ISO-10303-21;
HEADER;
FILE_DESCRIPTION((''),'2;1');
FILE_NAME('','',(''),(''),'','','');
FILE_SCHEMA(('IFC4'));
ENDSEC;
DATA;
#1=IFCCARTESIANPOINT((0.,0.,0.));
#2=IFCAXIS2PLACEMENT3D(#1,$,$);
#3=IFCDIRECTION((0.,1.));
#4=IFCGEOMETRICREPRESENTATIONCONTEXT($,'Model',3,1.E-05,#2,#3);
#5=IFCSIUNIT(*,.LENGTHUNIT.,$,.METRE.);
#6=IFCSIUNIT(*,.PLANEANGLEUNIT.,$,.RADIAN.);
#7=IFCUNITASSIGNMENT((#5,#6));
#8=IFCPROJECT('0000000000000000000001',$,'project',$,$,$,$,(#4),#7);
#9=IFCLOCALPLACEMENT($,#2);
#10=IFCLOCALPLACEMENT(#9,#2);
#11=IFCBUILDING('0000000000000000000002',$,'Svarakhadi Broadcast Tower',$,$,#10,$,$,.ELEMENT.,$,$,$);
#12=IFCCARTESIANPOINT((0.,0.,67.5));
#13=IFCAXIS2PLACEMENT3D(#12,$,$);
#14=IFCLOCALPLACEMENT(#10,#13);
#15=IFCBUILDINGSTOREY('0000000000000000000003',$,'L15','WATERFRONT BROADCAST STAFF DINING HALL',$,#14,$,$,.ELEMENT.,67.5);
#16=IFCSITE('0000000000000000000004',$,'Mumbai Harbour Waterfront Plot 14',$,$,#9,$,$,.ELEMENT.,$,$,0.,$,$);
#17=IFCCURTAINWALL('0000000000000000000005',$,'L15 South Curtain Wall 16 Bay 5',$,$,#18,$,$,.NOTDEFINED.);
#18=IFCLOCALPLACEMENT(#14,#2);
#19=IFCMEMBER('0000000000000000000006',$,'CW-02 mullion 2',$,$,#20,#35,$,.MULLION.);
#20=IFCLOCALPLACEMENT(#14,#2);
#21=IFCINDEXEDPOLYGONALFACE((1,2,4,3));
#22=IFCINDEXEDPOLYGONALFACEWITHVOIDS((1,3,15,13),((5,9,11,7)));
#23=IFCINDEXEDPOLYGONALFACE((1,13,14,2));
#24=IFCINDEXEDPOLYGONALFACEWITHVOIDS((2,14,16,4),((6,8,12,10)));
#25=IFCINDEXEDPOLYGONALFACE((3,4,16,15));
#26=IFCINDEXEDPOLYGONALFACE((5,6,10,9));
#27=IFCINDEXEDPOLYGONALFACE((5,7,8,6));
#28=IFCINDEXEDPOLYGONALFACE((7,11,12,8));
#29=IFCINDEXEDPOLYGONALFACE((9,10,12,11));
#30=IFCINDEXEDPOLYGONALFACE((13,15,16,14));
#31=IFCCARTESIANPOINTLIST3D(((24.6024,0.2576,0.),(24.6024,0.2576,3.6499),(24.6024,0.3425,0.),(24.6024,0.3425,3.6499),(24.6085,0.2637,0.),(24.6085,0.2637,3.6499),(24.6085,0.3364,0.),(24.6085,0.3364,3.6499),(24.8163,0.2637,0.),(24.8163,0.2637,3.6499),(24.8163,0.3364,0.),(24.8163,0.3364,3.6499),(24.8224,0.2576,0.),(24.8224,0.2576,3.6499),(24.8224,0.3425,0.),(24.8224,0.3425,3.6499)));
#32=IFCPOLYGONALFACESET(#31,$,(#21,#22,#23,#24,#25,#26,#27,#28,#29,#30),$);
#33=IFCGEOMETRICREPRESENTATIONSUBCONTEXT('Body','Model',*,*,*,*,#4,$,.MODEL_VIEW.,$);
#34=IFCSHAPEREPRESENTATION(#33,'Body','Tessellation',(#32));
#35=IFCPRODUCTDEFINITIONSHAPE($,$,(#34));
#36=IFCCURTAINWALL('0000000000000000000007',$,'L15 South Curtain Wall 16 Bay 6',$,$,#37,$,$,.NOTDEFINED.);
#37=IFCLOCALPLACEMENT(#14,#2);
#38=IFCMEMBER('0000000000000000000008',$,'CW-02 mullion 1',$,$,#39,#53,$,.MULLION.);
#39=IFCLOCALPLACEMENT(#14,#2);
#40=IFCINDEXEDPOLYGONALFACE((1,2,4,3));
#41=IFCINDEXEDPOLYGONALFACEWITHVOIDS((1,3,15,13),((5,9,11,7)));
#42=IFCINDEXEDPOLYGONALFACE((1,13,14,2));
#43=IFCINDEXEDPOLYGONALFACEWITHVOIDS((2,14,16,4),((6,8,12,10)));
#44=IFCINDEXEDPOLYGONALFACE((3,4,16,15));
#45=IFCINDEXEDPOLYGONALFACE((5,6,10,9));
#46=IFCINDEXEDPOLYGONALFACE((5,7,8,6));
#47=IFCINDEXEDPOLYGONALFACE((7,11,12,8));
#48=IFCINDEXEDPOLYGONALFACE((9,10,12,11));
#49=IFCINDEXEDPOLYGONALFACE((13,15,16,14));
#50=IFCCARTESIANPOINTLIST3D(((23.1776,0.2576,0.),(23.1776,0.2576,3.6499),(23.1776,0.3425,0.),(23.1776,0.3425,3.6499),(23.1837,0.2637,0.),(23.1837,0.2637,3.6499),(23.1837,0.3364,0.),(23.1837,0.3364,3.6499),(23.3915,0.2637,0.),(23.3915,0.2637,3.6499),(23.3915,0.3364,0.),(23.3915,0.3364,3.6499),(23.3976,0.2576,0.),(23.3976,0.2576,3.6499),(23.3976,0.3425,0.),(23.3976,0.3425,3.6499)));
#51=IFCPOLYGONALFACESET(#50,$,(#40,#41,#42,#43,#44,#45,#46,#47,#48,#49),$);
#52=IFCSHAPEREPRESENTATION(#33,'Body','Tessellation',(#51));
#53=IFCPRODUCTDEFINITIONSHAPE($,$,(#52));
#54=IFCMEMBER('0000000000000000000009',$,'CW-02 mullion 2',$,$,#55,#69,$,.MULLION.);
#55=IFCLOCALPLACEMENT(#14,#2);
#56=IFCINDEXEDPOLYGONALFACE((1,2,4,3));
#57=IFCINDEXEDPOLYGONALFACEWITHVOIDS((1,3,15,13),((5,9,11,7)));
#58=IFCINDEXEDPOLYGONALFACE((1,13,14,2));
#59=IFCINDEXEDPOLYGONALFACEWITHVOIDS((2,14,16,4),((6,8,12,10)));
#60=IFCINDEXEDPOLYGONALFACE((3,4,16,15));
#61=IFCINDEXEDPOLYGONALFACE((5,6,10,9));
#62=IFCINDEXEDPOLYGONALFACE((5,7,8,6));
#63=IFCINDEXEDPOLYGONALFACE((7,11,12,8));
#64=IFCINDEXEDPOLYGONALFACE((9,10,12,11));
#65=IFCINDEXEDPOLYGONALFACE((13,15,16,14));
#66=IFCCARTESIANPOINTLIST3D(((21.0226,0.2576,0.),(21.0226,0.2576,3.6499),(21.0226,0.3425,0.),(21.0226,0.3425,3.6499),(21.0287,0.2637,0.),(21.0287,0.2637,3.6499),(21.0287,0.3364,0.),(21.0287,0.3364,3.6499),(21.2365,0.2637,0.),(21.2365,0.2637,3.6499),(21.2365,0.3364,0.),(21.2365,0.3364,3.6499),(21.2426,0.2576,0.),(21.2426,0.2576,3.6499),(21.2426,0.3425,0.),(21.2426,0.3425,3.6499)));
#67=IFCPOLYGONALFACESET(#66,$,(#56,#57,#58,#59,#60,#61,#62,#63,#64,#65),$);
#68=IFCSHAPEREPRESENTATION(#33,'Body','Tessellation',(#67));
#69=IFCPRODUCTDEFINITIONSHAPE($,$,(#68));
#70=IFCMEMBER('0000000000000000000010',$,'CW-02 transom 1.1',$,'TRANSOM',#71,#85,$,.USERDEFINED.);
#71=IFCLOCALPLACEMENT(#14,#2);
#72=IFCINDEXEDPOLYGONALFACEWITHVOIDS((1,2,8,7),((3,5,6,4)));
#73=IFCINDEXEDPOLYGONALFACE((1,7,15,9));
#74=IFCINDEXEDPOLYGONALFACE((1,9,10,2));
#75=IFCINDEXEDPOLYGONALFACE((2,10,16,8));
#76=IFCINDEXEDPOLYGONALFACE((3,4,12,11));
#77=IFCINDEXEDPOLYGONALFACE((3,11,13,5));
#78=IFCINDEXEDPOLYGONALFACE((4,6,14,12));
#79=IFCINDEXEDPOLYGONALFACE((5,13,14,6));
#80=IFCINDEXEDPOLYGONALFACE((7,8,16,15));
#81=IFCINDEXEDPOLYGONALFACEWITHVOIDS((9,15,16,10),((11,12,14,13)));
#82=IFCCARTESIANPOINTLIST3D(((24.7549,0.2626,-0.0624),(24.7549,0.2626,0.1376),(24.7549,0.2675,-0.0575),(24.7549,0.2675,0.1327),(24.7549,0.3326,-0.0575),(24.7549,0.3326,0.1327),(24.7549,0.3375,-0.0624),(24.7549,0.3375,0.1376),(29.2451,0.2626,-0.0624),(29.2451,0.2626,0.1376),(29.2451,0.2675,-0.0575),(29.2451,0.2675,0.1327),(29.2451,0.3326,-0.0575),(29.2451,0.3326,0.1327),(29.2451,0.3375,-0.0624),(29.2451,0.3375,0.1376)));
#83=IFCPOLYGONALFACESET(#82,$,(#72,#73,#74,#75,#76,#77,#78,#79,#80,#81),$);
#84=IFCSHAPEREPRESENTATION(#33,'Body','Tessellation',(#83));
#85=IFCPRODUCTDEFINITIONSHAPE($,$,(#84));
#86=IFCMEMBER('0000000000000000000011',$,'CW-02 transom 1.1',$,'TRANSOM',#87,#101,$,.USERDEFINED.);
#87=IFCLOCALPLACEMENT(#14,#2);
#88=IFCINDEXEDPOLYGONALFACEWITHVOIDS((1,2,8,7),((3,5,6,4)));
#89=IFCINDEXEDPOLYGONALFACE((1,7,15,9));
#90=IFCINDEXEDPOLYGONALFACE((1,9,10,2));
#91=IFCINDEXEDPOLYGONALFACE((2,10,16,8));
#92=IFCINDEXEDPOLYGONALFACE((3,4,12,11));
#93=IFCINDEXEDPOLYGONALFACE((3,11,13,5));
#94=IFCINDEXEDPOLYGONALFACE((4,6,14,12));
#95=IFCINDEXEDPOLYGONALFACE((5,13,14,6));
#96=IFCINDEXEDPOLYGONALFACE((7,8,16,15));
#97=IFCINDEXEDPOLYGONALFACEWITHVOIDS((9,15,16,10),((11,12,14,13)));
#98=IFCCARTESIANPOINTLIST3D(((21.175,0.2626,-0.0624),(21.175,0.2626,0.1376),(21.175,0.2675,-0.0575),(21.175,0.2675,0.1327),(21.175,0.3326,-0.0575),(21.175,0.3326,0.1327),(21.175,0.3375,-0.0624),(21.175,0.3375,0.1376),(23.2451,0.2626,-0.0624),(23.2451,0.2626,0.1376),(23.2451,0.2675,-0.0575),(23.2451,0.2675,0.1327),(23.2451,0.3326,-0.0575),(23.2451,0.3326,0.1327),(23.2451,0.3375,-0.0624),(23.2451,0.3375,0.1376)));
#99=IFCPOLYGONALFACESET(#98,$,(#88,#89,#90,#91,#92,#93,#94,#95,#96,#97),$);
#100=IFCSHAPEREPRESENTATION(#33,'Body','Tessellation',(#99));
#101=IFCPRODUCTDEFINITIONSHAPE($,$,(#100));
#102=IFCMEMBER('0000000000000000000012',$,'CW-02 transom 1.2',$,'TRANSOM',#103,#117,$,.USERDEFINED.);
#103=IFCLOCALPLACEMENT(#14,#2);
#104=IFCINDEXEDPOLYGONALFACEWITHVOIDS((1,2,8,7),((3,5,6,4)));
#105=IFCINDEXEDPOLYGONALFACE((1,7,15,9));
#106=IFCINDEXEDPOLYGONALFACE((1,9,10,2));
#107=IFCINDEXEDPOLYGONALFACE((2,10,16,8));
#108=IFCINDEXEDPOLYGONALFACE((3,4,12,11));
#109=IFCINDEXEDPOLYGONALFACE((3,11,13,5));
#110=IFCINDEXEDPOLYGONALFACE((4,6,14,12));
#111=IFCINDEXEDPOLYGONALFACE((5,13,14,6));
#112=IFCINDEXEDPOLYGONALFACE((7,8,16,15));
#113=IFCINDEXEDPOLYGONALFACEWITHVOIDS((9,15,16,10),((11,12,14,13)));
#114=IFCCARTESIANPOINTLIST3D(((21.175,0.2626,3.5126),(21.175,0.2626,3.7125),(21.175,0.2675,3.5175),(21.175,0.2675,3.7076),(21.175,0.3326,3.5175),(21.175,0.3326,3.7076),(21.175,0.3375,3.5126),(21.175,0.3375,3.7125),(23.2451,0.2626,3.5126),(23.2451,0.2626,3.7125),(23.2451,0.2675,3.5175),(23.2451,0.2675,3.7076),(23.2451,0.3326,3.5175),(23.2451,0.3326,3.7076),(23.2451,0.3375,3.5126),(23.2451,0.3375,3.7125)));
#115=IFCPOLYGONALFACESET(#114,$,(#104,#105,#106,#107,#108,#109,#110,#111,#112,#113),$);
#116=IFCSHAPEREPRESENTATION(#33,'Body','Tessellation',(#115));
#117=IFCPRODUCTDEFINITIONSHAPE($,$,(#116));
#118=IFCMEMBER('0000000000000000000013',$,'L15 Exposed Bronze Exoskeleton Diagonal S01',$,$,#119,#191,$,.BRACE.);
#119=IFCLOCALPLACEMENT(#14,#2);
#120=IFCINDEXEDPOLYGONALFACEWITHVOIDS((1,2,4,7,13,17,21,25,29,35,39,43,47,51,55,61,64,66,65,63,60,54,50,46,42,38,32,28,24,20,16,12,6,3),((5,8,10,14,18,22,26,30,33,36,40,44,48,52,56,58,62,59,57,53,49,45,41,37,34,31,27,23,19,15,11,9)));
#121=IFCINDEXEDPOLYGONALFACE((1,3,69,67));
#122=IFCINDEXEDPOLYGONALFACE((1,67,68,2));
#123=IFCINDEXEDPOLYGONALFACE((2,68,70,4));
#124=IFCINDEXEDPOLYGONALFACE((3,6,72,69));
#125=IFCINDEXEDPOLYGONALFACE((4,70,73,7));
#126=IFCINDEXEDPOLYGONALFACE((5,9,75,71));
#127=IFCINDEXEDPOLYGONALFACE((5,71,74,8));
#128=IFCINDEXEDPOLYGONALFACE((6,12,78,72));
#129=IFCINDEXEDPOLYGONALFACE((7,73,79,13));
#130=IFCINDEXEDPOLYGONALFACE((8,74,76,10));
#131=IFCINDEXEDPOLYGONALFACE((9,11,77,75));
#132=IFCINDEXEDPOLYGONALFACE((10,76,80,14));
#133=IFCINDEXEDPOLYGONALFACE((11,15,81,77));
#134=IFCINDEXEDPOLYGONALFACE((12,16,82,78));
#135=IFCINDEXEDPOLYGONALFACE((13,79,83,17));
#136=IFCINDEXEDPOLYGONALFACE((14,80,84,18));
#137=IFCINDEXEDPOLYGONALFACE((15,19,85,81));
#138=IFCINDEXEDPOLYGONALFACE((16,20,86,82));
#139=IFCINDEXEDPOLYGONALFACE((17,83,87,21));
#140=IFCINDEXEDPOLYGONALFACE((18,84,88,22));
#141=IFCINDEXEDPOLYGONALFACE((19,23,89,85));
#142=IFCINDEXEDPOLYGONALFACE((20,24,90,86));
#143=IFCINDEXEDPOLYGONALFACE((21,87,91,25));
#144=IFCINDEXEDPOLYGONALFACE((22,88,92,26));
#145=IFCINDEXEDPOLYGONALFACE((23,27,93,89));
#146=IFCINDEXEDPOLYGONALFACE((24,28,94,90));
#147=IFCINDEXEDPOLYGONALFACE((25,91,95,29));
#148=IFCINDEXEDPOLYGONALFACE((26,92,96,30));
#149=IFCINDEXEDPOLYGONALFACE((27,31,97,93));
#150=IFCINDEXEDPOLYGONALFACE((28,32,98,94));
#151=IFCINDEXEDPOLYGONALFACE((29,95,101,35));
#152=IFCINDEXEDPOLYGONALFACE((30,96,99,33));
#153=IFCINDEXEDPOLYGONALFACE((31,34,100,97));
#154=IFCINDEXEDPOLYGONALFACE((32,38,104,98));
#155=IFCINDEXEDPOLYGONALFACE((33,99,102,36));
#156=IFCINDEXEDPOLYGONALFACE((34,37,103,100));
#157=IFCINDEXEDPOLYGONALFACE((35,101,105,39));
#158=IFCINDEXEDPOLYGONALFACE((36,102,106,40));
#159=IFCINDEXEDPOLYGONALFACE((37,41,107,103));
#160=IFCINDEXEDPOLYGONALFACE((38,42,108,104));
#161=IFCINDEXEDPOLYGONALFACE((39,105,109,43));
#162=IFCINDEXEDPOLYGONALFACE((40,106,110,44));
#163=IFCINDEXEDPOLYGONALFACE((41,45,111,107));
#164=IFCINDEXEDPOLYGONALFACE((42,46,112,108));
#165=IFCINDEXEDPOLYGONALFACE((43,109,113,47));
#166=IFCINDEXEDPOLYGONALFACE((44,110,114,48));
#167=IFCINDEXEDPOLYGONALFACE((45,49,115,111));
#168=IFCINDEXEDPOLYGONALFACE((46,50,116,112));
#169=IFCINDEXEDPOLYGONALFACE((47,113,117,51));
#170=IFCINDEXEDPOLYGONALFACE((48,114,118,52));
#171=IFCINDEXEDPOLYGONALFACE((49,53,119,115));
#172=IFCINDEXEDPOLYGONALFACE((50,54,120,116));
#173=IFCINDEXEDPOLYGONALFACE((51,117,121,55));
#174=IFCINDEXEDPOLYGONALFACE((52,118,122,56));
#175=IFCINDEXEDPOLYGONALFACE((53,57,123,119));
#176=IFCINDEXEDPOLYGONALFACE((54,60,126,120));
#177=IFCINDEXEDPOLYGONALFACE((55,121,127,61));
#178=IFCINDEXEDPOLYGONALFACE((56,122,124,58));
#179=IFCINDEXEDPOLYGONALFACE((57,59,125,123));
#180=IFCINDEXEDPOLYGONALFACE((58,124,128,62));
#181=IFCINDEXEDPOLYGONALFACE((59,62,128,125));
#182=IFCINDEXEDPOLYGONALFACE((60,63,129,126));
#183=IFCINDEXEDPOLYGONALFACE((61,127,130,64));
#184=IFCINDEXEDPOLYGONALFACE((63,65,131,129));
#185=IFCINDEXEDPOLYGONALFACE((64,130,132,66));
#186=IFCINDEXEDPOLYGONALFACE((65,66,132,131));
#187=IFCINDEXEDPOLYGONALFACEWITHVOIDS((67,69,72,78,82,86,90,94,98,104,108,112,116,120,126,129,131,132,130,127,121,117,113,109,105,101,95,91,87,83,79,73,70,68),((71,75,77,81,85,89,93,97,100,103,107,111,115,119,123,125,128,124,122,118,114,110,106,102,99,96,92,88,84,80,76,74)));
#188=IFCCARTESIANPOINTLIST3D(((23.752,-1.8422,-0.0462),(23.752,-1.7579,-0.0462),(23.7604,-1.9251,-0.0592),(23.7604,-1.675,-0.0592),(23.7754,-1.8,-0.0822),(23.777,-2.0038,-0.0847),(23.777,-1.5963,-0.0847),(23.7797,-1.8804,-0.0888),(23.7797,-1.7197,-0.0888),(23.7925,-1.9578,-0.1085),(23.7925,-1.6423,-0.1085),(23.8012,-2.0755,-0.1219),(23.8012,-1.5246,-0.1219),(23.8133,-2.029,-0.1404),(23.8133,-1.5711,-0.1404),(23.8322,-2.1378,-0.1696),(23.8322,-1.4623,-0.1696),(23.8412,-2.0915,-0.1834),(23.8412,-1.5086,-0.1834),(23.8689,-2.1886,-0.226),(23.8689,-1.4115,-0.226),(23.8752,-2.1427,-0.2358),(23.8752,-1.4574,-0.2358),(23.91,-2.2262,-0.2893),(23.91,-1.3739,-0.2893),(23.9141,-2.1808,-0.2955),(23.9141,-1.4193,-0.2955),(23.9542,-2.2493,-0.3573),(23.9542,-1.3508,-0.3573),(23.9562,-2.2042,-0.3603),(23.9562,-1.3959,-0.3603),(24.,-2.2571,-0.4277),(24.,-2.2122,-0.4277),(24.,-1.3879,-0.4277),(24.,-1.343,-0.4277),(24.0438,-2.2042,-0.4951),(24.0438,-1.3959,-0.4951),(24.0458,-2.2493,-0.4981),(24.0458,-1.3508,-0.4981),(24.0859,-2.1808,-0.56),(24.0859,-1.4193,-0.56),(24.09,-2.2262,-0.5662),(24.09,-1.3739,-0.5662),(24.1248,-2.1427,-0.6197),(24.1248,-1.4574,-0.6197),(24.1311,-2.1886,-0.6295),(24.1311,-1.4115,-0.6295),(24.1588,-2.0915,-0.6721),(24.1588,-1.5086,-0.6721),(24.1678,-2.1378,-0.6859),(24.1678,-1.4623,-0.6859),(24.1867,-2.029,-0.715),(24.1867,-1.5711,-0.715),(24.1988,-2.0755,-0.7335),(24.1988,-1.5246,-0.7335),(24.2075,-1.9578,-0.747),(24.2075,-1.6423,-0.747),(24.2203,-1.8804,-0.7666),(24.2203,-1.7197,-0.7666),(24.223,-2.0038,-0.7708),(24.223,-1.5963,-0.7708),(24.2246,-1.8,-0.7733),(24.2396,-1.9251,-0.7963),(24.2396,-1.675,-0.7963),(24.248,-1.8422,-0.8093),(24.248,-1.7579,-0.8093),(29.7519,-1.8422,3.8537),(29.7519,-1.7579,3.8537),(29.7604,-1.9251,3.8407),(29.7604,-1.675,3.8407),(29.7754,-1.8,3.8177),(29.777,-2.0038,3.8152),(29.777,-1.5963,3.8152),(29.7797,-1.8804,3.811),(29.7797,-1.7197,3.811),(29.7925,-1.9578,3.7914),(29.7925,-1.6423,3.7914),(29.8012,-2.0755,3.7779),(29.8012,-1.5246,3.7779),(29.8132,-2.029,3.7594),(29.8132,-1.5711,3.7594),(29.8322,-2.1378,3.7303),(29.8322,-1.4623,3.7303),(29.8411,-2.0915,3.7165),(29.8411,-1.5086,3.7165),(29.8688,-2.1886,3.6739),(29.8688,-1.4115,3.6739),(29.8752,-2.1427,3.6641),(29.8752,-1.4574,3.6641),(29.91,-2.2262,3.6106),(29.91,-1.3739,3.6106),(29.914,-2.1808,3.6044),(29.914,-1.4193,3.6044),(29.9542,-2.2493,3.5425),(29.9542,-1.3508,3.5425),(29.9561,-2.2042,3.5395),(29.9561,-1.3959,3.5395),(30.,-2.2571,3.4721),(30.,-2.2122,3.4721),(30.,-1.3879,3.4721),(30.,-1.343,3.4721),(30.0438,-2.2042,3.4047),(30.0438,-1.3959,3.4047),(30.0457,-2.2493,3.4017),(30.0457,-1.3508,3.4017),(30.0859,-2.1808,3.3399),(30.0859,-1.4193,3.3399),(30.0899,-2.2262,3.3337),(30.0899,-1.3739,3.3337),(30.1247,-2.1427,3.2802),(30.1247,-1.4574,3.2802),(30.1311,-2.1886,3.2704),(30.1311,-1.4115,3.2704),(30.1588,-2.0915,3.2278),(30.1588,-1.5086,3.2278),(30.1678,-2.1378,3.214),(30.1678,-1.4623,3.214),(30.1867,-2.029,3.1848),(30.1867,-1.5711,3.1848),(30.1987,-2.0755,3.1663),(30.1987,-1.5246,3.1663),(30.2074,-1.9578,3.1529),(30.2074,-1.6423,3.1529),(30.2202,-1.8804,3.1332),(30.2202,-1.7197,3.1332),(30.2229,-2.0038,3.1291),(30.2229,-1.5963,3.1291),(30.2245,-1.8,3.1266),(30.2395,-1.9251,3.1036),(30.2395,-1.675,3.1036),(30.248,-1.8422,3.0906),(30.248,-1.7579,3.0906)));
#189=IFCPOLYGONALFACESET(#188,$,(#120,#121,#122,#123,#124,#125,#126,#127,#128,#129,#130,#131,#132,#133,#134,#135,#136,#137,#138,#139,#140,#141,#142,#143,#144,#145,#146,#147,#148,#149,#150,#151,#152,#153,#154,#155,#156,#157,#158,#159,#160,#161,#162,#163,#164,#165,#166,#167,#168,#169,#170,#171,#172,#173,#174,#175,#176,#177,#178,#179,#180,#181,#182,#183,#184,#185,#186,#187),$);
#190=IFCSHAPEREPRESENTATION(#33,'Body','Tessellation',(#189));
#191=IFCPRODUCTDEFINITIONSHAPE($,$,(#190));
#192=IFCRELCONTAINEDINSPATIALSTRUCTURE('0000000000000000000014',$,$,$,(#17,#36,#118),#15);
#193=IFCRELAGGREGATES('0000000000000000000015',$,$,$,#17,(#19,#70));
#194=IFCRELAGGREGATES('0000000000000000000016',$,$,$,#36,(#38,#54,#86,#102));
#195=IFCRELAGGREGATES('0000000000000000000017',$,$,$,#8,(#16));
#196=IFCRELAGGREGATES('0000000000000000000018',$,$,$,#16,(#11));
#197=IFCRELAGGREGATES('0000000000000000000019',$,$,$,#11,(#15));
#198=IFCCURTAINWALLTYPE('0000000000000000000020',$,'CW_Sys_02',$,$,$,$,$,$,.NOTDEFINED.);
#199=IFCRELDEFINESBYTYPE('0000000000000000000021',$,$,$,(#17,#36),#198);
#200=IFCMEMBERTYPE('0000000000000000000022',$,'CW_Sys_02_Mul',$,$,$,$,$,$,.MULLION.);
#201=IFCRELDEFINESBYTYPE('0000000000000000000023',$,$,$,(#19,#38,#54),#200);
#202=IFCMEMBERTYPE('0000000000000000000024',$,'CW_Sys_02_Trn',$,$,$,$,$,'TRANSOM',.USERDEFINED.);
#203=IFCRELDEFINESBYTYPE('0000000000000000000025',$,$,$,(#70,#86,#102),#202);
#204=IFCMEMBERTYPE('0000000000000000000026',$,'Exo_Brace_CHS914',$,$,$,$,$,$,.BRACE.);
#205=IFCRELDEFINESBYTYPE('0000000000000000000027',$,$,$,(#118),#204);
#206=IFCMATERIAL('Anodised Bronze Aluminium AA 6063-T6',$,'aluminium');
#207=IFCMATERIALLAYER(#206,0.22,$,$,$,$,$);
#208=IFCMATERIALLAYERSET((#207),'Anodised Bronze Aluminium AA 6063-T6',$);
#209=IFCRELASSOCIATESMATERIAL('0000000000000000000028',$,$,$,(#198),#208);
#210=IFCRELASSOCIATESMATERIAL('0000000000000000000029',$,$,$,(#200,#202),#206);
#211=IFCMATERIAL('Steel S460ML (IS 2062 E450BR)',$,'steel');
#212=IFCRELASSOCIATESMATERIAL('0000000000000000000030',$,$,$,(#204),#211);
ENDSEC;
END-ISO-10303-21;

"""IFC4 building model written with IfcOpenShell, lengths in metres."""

from ifc_helpers import new_model, si_unit, direction, frame, origin, origin_2d, place, context, subcontext, project, spatial, hollow_rectangle, hollow_circle, extrude, material, layer, layer_set, material_profile, profile_set, type_object, element, aggregate, save


model = new_model("IFC4")

# Units and contexts
model_context = context("Model", 3, precision=1e-05, world=origin(), true_north=direction((0.0, 1.0)))
body_context = subcontext(model_context, "Body", "Model", "MODEL_VIEW")
ifc_project = project(units=[si_unit("LENGTHUNIT", "METRE"), si_unit("PLANEANGLEUNIT", "RADIAN")], contexts=[model_context])

# Site, building, storey
site_placement = place(None, origin())
site = spatial("IfcSite", under=ifc_project, at=site_placement, Name="Mumbai Harbour Waterfront Plot 14", CompositionType="ELEMENT", RefElevation=0.0)
building_placement = place(site_placement, origin())
building = spatial("IfcBuilding", under=site, at=building_placement, Name="Svarakhadi Broadcast Tower", CompositionType="ELEMENT")
storey_placement = place(building_placement, frame((0.0, 0.0, 67.5)))
storey = spatial("IfcBuildingStorey", under=building, at=storey_placement, Name="L15", Description="WATERFRONT BROADCAST STAFF DINING HALL", CompositionType="ELEMENT", Elevation=67.5)

# Curtain wall, member
ifc_material_1 = material(Name="Anodised Bronze Aluminium AA 6063-T6", Category="aluminium")
ifc_layer_1 = layer(ifc_material_1, 0.22)
ifc_layer_set_1 = layer_set([ifc_layer_1], Name="Anodised Bronze Aluminium AA 6063-T6")
curtain_wall_type = type_object("IfcCurtainWallType", Name="CW_Sys_02", PredefinedType="NOTDEFINED", material=ifc_layer_set_1)
curtain_wall_1_placement = place(storey_placement, origin())
curtain_wall_1 = element("IfcCurtainWall", 1, at=curtain_wall_1_placement, inside=storey, type_object=curtain_wall_type, Name="L15 South Curtain Wall 16 Bay 5", PredefinedType="NOTDEFINED")
ifc_material_profile_1 = material_profile(ifc_material_1, hollow_rectangle(XDim=0.085, YDim=0.22, WallThickness=0.0061, at=origin_2d()), Name="ALU MULLION 220x85x6")
ifc_profile_set_1 = profile_set([ifc_material_profile_1], Name="Anodised Bronze Aluminium AA 6063-T6")
member_type_1 = type_object("IfcMemberType", Name="CW_Sys_02_Mul", PredefinedType="MULLION", material=ifc_profile_set_1)
member_1_placement = place(storey_placement, frame((24.7124, 0.3, 0.0), z_axis=(0.0, 0.0, 1.0), x_axis=(0.0, -1.0, 0.0)))
member_1 = element("IfcMember", 2, at=member_1_placement, type_object=member_type_1, Name="CW-02 mullion 2", PredefinedType="MULLION", context=body_context, shape_type="SweptSolid", body=[
    extrude(hollow_rectangle(XDim=0.085, YDim=0.22, WallThickness=0.0061, at=origin_2d()), origin(), (0.0, 0.0, 1.0), 3.6499),
])

# Curtain wall, members
curtain_wall_2_placement = place(storey_placement, origin())
curtain_wall_2 = element("IfcCurtainWall", 3, at=curtain_wall_2_placement, inside=storey, type_object=curtain_wall_type, Name="L15 South Curtain Wall 16 Bay 6", PredefinedType="NOTDEFINED")
member_2_placement = place(storey_placement, frame((23.2876, 0.3, 0.0), z_axis=(0.0, 0.0, 1.0), x_axis=(0.0, -1.0, 0.0)))
member_2 = element("IfcMember", 4, at=member_2_placement, type_object=member_type_1, Name="CW-02 mullion 1", PredefinedType="MULLION", context=body_context, shape_type="SweptSolid", body=[
    extrude(hollow_rectangle(XDim=0.085, YDim=0.22, WallThickness=0.0061, at=origin_2d()), origin(), (0.0, 0.0, 1.0), 3.6499),
])
member_3_placement = place(storey_placement, frame((21.1326, 0.3, 0.0), z_axis=(0.0, 0.0, 1.0), x_axis=(0.0, -1.0, 0.0)))
member_3 = element("IfcMember", 5, at=member_3_placement, type_object=member_type_1, Name="CW-02 mullion 2", PredefinedType="MULLION", context=body_context, shape_type="SweptSolid", body=[
    extrude(hollow_rectangle(XDim=0.085, YDim=0.22, WallThickness=0.0061, at=origin_2d()), origin(), (0.0, 0.0, 1.0), 3.6499),
])

# Members
ifc_material_profile_2 = material_profile(ifc_material_1, hollow_rectangle(XDim=0.075, YDim=0.2, WallThickness=0.0049, at=origin_2d()), Name="ALU TRANSOM 200x75x5")
ifc_profile_set_2 = profile_set([ifc_material_profile_2], Name="Anodised Bronze Aluminium AA 6063-T6")
member_type_2 = type_object("IfcMemberType", Name="CW_Sys_02_Trn", ElementType="TRANSOM", PredefinedType="USERDEFINED", material=ifc_profile_set_2)
member_4_placement = place(storey_placement, frame((29.2451, 0.3, 0.0376), z_axis=(-1.0, 0.0, 0.0), x_axis=(0.0, -1.0, 0.0)))
member_4 = element("IfcMember", 6, at=member_4_placement, type_object=member_type_2, Name="CW-02 transom 1.1", ObjectType="TRANSOM", PredefinedType="USERDEFINED", context=body_context, shape_type="SweptSolid", body=[
    extrude(hollow_rectangle(XDim=0.075, YDim=0.2, WallThickness=0.0049, at=origin_2d()), origin(), (0.0, 0.0, 1.0), 4.4902),
])
member_5_placement = place(storey_placement, frame((23.2451, 0.3, 0.0376), z_axis=(-1.0, 0.0, 0.0), x_axis=(0.0, -1.0, 0.0)))
member_5 = element("IfcMember", 7, at=member_5_placement, type_object=member_type_2, Name="CW-02 transom 1.1", ObjectType="TRANSOM", PredefinedType="USERDEFINED", context=body_context, shape_type="SweptSolid", body=[
    extrude(hollow_rectangle(XDim=0.075, YDim=0.2, WallThickness=0.0049, at=origin_2d()), origin(), (0.0, 0.0, 1.0), 2.0701),
])
member_6_placement = place(storey_placement, frame((23.2451, 0.3, 3.6125), z_axis=(-1.0, 0.0, 0.0), x_axis=(0.0, -1.0, 0.0)))
member_6 = element("IfcMember", 8, at=member_6_placement, type_object=member_type_2, Name="CW-02 transom 1.2", ObjectType="TRANSOM", PredefinedType="USERDEFINED", context=body_context, shape_type="SweptSolid", body=[
    extrude(hollow_rectangle(XDim=0.075, YDim=0.2, WallThickness=0.0049, at=origin_2d()), origin(), (0.0, 0.0, 1.0), 2.0701),
])

# Member
ifc_material_2 = material(Name="Steel S460ML (IS 2062 E450BR)", Category="steel")
ifc_material_profile_3 = material_profile(ifc_material_2, hollow_circle(Radius=0.457, WallThickness=0.0449, at=origin_2d()), Name="CHS 914x45")
ifc_profile_set_3 = profile_set([ifc_material_profile_3], Name="Steel S460ML (IS 2062 E450BR)")
member_type_3 = type_object("IfcMemberType", Name="Exo_Brace_CHS914", PredefinedType="BRACE", material=ifc_profile_set_3)
member_7_placement = place(storey_placement, frame((24.0, -1.8, -0.4277), z_axis=(0.83845, 0.0, 0.544979), x_axis=(0.0, 1.0, 0.0)))
element("IfcMember", 9, at=member_7_placement, inside=storey, type_object=member_type_3, Name="L15 Exposed Bronze Exoskeleton Diagonal S01", PredefinedType="BRACE", context=body_context, shape_type="SweptSolid", body=[
    extrude(hollow_circle(Radius=0.457, WallThickness=0.0449, at=origin_2d()), origin(), (0.0, 0.0, 1.0), 7.156),
])

aggregate(curtain_wall_1, [member_1, member_4])
aggregate(curtain_wall_2, [member_2, member_3, member_5, member_6])

save(model, "model.ifc")
